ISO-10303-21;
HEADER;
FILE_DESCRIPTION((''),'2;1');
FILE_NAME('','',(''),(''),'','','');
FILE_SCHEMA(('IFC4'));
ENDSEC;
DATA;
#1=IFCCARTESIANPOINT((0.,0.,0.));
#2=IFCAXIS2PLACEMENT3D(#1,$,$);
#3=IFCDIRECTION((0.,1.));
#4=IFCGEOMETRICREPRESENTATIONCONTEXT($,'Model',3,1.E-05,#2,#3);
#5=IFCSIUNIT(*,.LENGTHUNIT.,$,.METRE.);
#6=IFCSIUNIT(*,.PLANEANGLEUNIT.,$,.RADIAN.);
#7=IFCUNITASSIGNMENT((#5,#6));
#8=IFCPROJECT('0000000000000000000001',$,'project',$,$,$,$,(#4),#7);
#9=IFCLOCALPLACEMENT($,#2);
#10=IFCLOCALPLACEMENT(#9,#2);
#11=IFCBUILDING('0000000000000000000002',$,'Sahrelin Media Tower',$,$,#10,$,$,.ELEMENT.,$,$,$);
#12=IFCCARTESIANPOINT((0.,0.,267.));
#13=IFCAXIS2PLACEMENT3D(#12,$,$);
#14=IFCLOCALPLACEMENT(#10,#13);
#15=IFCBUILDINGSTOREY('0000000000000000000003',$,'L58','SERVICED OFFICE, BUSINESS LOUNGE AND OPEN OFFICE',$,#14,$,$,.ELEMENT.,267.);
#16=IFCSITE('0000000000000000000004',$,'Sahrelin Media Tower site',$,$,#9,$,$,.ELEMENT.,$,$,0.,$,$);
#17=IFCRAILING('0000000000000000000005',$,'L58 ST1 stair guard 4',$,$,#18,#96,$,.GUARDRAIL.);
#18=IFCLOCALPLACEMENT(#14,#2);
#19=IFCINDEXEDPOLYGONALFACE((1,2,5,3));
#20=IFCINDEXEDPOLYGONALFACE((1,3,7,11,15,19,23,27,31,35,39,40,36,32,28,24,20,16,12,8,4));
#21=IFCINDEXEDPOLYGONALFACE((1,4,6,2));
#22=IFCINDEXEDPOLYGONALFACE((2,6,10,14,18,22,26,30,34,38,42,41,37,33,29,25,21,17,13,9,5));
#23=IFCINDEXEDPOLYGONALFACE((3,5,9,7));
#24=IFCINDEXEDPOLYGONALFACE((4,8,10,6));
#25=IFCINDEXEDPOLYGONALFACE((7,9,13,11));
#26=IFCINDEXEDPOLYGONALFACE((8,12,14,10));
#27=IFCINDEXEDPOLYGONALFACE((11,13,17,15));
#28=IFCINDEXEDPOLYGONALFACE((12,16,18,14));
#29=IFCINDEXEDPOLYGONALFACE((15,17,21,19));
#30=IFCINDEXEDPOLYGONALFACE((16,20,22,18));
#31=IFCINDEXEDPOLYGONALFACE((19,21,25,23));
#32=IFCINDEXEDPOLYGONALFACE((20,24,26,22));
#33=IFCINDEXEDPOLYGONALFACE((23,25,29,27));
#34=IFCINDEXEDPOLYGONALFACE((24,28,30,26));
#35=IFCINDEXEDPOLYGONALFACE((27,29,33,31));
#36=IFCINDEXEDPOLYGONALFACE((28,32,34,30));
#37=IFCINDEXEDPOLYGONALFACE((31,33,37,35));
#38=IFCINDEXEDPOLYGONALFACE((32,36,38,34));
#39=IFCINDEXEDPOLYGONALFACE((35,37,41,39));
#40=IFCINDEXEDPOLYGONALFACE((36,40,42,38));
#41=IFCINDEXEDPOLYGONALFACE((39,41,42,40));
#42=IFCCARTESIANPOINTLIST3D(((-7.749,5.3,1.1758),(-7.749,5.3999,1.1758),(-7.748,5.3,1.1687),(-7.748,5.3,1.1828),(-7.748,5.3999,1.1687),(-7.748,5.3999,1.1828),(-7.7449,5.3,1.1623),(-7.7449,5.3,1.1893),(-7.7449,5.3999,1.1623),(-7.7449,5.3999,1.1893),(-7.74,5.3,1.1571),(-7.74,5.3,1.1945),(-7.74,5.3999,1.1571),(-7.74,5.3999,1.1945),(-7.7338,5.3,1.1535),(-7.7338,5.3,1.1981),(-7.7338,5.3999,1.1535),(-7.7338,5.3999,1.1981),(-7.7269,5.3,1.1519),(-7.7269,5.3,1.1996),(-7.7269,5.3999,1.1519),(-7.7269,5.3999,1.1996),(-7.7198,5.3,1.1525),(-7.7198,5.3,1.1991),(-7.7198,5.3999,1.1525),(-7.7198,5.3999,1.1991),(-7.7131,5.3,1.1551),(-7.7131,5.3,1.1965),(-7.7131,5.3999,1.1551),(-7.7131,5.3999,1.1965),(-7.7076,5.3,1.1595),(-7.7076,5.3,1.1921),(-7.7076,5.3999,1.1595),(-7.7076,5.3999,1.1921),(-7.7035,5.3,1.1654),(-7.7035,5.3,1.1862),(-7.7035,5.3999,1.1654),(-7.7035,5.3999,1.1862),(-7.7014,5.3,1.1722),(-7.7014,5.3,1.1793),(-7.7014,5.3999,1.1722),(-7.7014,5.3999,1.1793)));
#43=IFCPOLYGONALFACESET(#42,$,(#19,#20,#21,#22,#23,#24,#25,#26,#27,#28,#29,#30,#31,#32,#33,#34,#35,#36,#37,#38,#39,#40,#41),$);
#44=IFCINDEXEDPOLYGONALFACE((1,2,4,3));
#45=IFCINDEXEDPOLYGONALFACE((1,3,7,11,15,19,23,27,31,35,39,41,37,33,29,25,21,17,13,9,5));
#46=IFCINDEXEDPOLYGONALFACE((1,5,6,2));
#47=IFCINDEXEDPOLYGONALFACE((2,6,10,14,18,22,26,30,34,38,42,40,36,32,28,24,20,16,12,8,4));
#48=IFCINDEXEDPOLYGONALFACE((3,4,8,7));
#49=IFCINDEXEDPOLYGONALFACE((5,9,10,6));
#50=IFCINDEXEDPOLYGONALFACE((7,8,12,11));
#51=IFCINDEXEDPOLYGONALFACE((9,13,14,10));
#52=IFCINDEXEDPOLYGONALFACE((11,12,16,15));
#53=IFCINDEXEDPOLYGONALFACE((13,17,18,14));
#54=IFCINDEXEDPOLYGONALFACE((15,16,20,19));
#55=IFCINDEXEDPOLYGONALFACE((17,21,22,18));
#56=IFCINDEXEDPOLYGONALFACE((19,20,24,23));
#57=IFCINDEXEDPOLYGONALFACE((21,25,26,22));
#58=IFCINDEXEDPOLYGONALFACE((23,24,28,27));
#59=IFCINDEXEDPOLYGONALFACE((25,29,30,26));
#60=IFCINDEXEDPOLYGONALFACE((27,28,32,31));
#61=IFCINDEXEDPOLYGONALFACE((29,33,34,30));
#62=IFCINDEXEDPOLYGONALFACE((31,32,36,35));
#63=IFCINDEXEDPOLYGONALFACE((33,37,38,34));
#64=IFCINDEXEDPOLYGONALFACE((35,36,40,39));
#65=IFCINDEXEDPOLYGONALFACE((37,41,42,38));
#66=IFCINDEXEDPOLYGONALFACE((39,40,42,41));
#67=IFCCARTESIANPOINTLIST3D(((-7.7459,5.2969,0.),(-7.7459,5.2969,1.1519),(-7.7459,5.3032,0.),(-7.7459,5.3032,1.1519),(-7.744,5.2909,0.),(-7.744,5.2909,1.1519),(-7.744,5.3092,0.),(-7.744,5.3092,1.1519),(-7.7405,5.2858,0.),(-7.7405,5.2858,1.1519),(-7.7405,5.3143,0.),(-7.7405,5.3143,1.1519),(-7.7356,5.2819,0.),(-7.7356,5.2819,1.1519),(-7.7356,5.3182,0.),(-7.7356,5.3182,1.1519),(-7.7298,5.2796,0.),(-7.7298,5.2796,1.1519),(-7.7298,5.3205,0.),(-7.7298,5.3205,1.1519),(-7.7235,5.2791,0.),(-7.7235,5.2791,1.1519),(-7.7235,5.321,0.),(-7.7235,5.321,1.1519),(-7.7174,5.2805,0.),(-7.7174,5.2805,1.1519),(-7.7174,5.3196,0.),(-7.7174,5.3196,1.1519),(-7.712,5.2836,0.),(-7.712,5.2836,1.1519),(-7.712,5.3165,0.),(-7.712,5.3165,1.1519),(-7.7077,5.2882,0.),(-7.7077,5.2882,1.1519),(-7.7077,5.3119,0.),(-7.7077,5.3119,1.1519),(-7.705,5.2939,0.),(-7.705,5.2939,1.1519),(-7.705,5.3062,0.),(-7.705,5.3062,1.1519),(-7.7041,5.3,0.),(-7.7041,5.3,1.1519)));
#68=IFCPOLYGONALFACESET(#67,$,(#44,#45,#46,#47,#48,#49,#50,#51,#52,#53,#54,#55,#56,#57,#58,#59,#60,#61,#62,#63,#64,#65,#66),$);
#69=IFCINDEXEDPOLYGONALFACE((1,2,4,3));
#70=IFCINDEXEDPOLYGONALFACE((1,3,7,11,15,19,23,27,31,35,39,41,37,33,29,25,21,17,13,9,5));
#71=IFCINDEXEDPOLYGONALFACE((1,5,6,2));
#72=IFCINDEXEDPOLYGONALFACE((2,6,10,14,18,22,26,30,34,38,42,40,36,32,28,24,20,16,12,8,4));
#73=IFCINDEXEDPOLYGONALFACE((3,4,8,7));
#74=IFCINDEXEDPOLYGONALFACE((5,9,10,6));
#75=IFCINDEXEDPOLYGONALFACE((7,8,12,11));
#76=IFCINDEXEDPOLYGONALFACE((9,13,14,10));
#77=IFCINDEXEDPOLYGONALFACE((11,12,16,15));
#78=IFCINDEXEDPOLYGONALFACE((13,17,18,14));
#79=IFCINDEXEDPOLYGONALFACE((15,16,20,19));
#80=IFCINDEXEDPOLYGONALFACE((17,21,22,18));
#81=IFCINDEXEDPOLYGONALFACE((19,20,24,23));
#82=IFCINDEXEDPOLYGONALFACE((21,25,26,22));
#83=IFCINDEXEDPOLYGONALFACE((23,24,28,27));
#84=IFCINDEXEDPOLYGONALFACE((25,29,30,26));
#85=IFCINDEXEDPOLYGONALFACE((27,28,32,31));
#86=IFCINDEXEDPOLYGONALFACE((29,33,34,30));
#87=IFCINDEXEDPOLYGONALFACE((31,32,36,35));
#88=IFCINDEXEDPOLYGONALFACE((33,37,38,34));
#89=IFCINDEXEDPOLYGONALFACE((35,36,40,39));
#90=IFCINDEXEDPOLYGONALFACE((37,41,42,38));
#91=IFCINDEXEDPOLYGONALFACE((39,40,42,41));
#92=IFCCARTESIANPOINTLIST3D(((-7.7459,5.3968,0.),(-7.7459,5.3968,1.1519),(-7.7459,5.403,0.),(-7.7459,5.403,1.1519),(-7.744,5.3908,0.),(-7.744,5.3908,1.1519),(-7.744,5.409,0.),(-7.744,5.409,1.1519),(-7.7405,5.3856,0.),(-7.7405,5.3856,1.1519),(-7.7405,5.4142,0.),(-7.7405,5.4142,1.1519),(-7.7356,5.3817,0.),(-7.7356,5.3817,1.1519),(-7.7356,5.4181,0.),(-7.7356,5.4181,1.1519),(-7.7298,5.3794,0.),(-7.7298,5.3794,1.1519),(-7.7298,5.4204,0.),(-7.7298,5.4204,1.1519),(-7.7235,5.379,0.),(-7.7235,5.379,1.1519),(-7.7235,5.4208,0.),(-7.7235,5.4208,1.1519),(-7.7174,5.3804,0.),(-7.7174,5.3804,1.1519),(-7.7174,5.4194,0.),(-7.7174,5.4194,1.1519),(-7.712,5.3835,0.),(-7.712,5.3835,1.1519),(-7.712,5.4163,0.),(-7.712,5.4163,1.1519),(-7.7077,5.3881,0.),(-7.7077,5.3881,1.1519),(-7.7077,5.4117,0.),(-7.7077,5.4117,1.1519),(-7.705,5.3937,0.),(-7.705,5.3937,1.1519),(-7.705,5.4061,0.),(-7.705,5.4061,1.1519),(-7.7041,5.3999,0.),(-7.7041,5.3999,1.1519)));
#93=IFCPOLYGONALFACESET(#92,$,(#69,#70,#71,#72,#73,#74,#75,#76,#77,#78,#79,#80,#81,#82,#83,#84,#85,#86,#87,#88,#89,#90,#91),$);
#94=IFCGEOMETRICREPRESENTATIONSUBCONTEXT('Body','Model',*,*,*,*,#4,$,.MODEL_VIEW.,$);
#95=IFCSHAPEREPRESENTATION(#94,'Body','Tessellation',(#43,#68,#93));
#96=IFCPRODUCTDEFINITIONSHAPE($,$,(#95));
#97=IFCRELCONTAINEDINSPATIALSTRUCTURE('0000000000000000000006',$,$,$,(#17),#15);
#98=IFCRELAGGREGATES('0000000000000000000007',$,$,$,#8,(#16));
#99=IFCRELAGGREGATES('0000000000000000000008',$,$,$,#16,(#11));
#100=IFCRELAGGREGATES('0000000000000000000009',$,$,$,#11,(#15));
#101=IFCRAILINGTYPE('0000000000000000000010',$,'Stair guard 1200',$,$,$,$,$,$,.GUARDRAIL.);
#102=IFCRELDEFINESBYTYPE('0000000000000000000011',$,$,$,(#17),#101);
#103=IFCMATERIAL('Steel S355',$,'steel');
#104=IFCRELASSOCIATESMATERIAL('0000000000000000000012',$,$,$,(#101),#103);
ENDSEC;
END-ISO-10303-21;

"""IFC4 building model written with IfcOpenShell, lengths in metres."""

from ifc_helpers import new_model, si_unit, direction, frame, origin, origin_2d, place, context, subcontext, project, spatial, circle, extrude, material, type_object, element, save


model = new_model("IFC4")

# Units and contexts
model_context = context("Model", 3, precision=1e-05, world=origin(), true_north=direction((0.0, 1.0)))
body_context = subcontext(model_context, "Body", "Model", "MODEL_VIEW")
ifc_project = project(units=[si_unit("LENGTHUNIT", "METRE"), si_unit("PLANEANGLEUNIT", "RADIAN")], contexts=[model_context])

# Site, building, storey
site_placement = place(None, origin())
site = spatial("IfcSite", under=ifc_project, at=site_placement, Name="Sahrelin Media Tower site", CompositionType="ELEMENT", RefElevation=0.0)
building_placement = place(site_placement, origin())
building = spatial("IfcBuilding", under=site, at=building_placement, Name="Sahrelin Media Tower", CompositionType="ELEMENT")
storey_placement = place(building_placement, frame((0.0, 0.0, 267.0)))
storey = spatial("IfcBuildingStorey", under=building, at=storey_placement, Name="L58", Description="SERVICED OFFICE, BUSINESS LOUNGE AND OPEN OFFICE", CompositionType="ELEMENT", Elevation=267.0)

# Shared definitions
ifc_material_1 = material(Name="Steel S355", Category="steel")

# Railing
railing_type_1 = type_object("IfcRailingType", Name="Stair guard 1200", PredefinedType="GUARDRAIL", material=ifc_material_1)
railing_1_placement = place(storey_placement, frame((-7.7251, 5.3, 0.0)))
element("IfcRailing", 1, at=railing_1_placement, inside=storey, type_object=railing_type_1, Name="L58 ST1 stair guard 4", PredefinedType="GUARDRAIL", context=body_context, shape_type="SweptSolid", body=[
    extrude(circle(Radius=0.0239, at=origin_2d()), frame((0.0, 0.0, 1.1758), z_axis=(0.0, 1.0, 0.0), x_axis=(-1.0, 0.0, 0.0)), (0.0, 0.0, 1.0), 0.0999),
    extrude(circle(Radius=0.021, at=origin_2d()), origin(), (0.0, 0.0, 1.0), 1.1519),
    extrude(circle(Radius=0.021, at=origin_2d()), frame((0.0, 0.0999, 0.0)), (0.0, 0.0, 1.0), 1.1519),
])

save(model, "model.ifc")
